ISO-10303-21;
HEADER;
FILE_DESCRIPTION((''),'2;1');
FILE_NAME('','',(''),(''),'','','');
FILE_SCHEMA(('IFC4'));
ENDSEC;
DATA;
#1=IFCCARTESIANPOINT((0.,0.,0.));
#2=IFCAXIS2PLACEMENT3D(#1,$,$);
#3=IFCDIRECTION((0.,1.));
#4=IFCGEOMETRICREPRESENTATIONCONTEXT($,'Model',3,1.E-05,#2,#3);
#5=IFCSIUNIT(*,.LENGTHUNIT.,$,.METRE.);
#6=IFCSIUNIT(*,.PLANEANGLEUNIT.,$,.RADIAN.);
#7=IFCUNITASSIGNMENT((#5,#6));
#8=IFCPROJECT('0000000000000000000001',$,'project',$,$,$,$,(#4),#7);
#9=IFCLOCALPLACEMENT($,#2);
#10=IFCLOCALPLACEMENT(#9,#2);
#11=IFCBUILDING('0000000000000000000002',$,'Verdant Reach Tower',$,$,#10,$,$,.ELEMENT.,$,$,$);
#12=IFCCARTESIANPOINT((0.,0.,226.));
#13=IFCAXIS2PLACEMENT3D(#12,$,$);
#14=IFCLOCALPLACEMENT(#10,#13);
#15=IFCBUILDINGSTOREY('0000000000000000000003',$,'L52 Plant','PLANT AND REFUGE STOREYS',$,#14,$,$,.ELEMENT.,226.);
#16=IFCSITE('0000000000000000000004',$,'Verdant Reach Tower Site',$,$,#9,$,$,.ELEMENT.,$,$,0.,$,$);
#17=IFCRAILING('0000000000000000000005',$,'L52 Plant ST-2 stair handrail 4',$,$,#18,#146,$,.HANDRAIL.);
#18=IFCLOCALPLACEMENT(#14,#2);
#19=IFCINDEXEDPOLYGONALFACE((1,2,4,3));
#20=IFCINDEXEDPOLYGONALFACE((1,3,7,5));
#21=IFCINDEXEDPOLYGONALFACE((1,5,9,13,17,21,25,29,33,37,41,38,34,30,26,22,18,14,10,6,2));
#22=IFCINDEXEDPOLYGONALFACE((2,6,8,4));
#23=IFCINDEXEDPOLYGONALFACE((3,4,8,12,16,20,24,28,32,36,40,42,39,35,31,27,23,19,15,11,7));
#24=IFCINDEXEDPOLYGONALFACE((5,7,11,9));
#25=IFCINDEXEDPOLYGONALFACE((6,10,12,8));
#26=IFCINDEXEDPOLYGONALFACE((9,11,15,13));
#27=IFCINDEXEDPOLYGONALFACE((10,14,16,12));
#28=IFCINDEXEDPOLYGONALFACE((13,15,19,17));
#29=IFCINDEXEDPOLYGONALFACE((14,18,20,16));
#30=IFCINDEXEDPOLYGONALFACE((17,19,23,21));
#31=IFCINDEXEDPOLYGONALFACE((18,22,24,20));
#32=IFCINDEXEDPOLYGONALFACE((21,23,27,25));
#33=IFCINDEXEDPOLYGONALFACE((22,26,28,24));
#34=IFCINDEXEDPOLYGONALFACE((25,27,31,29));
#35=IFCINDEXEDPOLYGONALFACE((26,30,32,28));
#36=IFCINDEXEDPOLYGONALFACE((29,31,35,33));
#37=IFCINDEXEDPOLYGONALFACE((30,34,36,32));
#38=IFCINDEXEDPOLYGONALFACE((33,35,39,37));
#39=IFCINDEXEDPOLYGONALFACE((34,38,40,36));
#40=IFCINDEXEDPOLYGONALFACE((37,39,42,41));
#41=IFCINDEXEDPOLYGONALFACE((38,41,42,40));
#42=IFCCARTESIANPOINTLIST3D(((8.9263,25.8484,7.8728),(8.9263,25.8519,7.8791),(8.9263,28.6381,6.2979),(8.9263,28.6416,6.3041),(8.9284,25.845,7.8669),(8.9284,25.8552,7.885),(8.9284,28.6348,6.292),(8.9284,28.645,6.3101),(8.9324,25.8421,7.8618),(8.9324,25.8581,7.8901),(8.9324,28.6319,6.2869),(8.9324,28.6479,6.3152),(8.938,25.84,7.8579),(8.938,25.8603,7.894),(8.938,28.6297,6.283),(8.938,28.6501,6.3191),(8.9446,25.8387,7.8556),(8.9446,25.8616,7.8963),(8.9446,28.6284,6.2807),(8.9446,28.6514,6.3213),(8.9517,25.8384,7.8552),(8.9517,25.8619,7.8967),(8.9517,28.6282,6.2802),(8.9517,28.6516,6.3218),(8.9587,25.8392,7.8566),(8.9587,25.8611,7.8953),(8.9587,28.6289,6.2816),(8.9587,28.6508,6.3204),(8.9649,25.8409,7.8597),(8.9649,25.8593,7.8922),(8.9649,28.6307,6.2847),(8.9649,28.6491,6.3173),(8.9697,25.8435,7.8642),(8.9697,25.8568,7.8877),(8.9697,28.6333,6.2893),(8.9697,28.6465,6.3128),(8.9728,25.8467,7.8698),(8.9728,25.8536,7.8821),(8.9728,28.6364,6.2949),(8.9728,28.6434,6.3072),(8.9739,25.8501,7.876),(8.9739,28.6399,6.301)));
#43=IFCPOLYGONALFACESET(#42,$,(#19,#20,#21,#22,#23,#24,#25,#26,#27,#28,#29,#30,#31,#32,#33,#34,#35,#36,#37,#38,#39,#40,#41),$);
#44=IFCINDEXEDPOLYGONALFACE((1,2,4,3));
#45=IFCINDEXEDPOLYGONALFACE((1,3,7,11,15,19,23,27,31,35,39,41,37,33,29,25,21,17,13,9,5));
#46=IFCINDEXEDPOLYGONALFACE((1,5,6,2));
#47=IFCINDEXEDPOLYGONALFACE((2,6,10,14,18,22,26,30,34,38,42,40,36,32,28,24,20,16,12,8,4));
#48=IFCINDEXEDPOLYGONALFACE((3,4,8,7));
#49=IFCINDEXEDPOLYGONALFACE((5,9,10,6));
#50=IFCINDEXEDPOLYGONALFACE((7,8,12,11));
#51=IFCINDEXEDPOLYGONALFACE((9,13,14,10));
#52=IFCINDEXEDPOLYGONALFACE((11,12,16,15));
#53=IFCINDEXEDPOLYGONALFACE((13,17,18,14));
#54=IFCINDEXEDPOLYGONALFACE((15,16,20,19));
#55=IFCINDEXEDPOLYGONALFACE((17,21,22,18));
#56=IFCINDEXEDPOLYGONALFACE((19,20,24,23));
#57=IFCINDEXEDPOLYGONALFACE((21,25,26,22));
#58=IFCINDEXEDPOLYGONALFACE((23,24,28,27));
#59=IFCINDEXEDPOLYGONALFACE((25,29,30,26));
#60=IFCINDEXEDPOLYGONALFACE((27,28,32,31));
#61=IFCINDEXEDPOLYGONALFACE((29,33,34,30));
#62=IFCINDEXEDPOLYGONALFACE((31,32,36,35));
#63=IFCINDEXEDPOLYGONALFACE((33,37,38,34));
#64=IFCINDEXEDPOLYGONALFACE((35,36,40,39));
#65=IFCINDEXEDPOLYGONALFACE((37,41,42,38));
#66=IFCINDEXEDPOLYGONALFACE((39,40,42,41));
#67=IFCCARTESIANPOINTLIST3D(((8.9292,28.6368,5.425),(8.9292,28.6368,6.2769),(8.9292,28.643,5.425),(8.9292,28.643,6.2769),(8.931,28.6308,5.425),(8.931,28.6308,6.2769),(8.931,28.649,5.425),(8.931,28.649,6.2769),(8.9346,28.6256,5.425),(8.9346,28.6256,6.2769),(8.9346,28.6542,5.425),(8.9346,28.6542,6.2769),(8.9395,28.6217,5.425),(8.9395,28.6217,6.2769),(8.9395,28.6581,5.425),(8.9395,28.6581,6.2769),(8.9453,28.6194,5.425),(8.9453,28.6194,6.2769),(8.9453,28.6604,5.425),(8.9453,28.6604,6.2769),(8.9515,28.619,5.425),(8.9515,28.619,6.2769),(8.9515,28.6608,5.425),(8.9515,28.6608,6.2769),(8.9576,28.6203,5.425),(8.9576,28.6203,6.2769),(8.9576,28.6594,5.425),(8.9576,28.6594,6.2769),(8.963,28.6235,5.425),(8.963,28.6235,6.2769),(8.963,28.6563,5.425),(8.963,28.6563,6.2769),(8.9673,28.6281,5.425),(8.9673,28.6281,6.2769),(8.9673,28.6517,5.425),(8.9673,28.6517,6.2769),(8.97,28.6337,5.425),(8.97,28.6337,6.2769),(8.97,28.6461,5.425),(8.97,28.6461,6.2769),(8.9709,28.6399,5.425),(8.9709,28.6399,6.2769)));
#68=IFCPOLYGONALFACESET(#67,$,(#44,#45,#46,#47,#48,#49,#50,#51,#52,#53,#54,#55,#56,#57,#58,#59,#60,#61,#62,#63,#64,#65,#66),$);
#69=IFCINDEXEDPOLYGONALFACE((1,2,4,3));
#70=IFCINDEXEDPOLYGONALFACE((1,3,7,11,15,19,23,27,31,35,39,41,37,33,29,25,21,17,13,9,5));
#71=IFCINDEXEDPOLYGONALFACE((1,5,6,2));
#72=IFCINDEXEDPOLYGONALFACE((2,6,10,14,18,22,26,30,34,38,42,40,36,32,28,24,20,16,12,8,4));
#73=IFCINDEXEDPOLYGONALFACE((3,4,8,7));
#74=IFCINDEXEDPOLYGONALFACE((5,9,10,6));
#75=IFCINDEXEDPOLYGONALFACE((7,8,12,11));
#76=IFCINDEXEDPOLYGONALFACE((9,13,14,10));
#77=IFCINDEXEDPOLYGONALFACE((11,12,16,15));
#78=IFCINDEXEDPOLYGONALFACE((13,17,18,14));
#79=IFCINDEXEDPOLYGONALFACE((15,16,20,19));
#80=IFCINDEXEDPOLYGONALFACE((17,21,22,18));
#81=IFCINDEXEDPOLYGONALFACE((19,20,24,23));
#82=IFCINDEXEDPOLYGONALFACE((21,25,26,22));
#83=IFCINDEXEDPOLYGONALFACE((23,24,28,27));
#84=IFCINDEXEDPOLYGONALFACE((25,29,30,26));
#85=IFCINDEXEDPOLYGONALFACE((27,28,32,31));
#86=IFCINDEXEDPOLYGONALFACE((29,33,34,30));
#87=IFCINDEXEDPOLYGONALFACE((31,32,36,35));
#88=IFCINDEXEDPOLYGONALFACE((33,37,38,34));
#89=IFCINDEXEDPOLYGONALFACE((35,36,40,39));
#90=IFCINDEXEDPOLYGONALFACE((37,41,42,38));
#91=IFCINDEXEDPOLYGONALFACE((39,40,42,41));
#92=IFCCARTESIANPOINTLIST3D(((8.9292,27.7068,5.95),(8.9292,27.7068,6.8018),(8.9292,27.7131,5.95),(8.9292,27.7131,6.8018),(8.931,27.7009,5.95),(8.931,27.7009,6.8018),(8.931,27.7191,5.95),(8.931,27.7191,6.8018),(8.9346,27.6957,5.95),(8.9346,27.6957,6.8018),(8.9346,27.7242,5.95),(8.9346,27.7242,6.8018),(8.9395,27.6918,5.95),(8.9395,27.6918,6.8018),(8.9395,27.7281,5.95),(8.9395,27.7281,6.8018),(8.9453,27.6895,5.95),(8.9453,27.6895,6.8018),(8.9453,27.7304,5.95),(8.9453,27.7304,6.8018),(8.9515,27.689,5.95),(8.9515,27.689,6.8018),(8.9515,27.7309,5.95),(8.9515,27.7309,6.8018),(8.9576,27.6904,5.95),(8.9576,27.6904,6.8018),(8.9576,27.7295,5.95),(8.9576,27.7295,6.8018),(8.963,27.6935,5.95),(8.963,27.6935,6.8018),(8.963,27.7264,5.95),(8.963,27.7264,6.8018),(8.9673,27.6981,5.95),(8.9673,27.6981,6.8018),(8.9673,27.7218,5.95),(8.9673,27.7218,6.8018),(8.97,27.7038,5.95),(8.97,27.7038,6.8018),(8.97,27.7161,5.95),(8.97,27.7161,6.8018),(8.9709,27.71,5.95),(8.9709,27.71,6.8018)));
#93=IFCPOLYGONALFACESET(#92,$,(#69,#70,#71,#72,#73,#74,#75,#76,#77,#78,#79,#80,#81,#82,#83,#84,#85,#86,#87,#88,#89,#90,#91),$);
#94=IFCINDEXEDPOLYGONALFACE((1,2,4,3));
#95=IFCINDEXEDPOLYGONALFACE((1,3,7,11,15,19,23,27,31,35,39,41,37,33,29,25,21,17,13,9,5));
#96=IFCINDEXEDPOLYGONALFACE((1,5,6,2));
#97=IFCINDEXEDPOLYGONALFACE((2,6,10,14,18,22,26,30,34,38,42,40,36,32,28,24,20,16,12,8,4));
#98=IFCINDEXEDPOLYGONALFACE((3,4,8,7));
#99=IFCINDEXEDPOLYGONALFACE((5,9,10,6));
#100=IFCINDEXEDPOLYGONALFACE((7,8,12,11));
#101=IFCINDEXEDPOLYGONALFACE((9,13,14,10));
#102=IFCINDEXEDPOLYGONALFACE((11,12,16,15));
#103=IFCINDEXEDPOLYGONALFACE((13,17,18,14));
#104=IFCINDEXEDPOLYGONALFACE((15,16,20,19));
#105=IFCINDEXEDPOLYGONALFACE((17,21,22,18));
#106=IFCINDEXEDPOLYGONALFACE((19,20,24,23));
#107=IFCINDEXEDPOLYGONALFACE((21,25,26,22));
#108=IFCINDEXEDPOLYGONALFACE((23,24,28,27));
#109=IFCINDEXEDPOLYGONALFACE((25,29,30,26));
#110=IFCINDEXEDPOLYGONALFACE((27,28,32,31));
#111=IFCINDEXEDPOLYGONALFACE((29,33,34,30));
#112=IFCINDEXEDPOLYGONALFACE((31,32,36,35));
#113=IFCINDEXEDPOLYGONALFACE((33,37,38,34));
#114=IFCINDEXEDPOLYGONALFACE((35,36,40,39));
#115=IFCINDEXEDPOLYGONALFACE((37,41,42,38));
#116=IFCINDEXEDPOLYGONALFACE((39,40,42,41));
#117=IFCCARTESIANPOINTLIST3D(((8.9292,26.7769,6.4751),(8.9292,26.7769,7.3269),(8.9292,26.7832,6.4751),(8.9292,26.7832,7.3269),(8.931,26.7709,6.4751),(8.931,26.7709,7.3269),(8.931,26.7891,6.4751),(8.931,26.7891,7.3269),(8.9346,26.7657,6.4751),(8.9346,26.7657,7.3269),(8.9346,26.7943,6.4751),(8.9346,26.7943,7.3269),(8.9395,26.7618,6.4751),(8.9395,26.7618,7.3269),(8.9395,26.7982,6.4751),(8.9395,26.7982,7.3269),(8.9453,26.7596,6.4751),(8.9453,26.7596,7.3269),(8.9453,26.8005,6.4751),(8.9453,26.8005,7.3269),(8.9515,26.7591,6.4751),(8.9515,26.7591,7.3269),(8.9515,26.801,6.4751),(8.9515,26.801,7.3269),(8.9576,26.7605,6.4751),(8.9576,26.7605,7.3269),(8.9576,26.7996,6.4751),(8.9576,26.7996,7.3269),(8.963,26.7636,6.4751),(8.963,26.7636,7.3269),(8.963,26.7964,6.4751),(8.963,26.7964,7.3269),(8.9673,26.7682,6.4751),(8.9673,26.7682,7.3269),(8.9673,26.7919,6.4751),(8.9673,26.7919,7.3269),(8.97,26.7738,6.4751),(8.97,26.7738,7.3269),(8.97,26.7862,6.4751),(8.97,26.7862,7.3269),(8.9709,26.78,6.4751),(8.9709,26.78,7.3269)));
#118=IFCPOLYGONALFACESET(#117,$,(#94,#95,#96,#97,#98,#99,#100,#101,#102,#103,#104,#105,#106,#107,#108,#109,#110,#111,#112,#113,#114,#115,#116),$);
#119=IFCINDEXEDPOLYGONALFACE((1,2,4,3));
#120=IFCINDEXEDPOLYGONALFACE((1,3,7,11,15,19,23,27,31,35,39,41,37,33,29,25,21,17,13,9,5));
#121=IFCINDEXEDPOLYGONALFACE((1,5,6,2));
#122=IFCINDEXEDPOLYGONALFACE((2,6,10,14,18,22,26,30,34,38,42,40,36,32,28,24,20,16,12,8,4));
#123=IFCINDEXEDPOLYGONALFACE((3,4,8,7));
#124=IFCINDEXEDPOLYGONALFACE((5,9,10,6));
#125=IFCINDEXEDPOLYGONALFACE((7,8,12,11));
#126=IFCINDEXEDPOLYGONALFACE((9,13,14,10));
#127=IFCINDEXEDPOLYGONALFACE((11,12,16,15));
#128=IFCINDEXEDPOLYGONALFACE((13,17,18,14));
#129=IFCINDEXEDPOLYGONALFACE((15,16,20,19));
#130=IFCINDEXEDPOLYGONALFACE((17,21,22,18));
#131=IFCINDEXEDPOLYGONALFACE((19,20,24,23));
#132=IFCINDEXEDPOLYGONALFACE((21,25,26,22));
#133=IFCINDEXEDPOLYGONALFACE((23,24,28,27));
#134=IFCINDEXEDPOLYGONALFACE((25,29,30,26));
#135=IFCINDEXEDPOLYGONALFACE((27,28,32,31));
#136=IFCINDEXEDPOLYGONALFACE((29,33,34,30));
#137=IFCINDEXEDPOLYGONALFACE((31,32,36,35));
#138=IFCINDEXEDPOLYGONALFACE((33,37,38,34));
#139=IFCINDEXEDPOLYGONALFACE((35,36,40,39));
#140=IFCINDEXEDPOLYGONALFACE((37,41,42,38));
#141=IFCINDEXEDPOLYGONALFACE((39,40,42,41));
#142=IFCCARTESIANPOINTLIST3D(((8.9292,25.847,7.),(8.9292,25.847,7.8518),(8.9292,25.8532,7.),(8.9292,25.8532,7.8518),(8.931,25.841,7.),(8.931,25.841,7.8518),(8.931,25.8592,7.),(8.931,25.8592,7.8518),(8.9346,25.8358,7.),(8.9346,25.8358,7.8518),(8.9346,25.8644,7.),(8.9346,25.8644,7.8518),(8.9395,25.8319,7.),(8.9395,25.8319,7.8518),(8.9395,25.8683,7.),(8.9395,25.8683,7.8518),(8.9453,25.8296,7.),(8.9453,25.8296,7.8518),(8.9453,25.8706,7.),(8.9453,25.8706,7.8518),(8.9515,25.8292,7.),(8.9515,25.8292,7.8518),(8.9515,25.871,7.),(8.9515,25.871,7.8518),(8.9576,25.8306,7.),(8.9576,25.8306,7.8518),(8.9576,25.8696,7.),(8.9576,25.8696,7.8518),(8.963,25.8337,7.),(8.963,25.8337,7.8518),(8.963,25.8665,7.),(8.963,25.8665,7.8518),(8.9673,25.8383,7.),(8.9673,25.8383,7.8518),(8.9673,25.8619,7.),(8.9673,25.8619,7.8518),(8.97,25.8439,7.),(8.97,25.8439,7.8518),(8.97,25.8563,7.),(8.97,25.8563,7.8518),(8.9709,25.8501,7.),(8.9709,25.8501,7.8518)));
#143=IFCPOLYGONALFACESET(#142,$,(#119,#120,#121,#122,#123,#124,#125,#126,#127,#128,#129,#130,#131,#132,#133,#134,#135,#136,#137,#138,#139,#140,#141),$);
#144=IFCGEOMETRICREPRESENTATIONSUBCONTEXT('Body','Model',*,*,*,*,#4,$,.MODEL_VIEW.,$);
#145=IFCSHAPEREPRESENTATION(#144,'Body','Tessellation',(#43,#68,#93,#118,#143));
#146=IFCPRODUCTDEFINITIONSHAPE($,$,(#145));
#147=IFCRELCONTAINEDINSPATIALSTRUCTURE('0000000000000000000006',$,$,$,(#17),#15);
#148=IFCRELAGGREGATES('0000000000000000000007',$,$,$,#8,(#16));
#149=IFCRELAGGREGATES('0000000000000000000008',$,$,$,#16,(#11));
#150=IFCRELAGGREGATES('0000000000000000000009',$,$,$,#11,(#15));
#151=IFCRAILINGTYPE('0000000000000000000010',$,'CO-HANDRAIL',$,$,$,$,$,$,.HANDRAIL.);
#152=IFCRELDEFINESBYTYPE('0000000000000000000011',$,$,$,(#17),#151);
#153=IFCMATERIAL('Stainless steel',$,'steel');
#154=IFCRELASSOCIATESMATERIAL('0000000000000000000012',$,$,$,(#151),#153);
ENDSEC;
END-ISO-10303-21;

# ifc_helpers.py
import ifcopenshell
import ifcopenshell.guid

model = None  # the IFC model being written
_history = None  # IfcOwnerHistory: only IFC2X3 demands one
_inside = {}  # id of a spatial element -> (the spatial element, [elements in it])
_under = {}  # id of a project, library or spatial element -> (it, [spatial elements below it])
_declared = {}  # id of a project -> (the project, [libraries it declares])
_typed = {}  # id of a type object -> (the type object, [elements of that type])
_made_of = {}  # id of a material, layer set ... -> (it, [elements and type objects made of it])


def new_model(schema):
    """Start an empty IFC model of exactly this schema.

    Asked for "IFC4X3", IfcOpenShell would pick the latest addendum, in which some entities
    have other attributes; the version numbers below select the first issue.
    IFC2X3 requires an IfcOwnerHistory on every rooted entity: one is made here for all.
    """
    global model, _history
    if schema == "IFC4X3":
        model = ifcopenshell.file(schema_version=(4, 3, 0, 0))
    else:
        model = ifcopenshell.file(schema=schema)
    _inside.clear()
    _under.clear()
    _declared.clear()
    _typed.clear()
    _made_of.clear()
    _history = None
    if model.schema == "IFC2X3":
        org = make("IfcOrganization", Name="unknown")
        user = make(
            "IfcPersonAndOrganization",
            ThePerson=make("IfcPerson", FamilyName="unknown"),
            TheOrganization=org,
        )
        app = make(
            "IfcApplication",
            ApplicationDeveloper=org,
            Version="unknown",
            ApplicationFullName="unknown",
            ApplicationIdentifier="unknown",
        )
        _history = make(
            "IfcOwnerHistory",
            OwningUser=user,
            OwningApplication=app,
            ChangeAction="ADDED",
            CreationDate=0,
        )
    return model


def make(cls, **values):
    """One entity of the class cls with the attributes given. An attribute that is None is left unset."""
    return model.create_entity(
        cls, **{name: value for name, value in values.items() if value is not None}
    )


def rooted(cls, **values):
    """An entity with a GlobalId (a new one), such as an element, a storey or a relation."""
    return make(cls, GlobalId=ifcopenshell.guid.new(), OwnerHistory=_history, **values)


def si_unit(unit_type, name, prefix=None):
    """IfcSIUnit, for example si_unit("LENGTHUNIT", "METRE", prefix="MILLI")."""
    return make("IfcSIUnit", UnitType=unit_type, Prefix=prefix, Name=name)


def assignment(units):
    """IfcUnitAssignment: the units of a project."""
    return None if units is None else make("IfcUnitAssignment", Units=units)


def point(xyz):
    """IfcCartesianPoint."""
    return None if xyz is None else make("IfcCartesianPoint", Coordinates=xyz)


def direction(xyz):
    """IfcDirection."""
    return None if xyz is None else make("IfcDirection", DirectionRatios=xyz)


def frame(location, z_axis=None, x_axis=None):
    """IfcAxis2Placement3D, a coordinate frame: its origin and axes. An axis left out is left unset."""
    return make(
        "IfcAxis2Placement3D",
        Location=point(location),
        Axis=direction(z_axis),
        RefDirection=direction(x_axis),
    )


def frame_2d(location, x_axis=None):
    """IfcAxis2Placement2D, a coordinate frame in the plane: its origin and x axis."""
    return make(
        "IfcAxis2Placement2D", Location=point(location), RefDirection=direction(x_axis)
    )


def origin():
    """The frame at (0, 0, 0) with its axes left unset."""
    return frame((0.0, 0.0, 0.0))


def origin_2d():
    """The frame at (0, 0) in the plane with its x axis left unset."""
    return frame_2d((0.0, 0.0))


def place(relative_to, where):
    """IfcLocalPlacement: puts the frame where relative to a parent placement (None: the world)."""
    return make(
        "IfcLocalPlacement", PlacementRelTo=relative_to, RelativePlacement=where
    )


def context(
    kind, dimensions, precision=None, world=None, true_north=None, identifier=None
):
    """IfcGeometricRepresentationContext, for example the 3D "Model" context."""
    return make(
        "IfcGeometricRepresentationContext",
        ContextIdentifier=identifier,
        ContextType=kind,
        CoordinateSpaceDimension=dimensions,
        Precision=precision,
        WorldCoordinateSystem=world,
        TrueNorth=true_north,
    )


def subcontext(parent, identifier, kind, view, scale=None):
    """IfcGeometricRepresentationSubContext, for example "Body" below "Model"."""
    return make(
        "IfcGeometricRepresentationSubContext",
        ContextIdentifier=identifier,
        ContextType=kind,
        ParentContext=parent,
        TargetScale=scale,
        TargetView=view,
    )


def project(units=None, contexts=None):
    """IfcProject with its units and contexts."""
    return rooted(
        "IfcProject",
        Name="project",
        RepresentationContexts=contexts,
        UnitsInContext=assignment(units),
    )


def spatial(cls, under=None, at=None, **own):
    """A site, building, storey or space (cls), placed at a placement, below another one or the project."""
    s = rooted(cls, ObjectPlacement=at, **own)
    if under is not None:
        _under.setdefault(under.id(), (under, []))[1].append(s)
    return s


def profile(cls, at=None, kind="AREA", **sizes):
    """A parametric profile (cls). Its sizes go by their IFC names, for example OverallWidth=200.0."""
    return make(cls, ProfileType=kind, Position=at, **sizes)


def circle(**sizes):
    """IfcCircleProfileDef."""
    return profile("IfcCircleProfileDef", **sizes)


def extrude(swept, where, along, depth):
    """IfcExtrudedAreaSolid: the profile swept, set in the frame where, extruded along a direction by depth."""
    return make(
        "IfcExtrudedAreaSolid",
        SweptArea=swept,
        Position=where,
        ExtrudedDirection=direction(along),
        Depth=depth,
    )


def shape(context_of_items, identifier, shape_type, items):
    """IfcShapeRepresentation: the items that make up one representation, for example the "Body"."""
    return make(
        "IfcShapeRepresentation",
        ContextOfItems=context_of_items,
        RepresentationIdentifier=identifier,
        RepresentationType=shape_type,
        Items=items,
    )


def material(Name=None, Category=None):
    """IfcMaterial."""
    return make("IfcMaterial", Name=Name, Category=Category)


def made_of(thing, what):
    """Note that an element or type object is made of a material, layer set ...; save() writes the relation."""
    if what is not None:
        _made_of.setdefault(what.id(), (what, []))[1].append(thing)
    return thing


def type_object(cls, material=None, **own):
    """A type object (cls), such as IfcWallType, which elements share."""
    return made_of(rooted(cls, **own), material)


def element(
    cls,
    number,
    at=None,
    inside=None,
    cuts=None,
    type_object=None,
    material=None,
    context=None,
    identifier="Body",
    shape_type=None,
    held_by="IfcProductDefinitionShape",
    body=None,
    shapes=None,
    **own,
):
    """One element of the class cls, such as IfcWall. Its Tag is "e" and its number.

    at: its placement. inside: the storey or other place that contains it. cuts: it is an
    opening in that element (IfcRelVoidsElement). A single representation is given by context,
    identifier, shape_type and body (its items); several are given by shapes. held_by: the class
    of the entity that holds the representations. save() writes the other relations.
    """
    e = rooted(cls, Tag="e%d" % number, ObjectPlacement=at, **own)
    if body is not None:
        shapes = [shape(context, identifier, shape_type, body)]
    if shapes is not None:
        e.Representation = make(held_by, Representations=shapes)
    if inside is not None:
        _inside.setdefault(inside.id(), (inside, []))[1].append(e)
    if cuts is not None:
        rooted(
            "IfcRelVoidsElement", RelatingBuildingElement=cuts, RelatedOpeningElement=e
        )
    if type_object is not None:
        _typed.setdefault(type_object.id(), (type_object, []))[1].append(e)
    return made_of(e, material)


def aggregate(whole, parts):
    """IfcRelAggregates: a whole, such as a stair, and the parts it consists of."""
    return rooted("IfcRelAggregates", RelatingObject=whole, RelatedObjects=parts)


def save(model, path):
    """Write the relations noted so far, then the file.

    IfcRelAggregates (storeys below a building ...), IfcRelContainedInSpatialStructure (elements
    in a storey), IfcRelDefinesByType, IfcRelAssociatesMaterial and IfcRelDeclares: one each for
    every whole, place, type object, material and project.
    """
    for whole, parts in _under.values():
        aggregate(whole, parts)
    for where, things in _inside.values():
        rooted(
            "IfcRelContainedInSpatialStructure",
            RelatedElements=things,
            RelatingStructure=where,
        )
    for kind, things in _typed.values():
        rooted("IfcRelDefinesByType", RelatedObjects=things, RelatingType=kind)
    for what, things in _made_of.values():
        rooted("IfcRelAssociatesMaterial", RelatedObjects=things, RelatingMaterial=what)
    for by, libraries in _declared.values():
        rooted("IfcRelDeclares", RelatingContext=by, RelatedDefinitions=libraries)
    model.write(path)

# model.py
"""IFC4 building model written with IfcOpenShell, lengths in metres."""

from ifc_helpers import new_model, si_unit, direction, frame, origin, origin_2d, place, context, subcontext, project, spatial, circle, extrude, material, type_object, element, save


model = new_model("IFC4")

# Units and contexts
model_context = context("Model", 3, precision=1e-05, world=origin(), true_north=direction((0.0, 1.0)))
body_context = subcontext(model_context, "Body", "Model", "MODEL_VIEW")
ifc_project = project(units=[si_unit("LENGTHUNIT", "METRE"), si_unit("PLANEANGLEUNIT", "RADIAN")], contexts=[model_context])

# Site, building, storey
site_placement = place(None, origin())
site = spatial("IfcSite", under=ifc_project, at=site_placement, Name="Verdant Reach Tower Site", CompositionType="ELEMENT", RefElevation=0.0)
building_placement = place(site_placement, origin())
building = spatial("IfcBuilding", under=site, at=building_placement, Name="Verdant Reach Tower", CompositionType="ELEMENT")
storey_placement = place(building_placement, frame((0.0, 0.0, 226.0)))
storey = spatial("IfcBuildingStorey", under=building, at=storey_placement, Name="L52 Plant", Description="PLANT AND REFUGE STOREYS", CompositionType="ELEMENT", Elevation=226.0)

# Railing
ifc_material_1 = material(Name="Stainless steel", Category="steel")
railing_type_1 = type_object("IfcRailingType", Name="CO-HANDRAIL", PredefinedType="HANDRAIL", material=ifc_material_1)
for number, where, name in (
    (1, (8.95, 28.6399, 5.425), "L52 Plant ST-2 stair handrail 4"),
):
    element("IfcRailing", number, at=place(storey_placement, frame(where)), inside=storey, type_object=railing_type_1, Name=name, PredefinedType="HANDRAIL", context=body_context, shape_type="SweptSolid", body=[
        extrude(circle(Radius=0.0239, at=origin_2d()), frame((0.0, 0.0, 0.876), z_axis=(0.0, -0.870815, 0.49161), x_axis=(1.0, 0.0, 0.0)), (0.0, 0.0, 1.0), 3.2036),
        extrude(circle(Radius=0.021, at=origin_2d()), origin(), (0.0, 0.0, 1.0), 0.8518),
        extrude(circle(Radius=0.021, at=origin_2d()), frame((0.0, -0.9299, 0.5249)), (0.0, 0.0, 1.0), 0.8518),
        extrude(circle(Radius=0.021, at=origin_2d()), frame((0.0, -1.8599, 1.05)), (0.0, 0.0, 1.0), 0.8518),
        extrude(circle(Radius=0.021, at=origin_2d()), frame((0.0, -2.7898, 1.575)), (0.0, 0.0, 1.0), 0.8518),
    ])

save(model, "model.ifc")
